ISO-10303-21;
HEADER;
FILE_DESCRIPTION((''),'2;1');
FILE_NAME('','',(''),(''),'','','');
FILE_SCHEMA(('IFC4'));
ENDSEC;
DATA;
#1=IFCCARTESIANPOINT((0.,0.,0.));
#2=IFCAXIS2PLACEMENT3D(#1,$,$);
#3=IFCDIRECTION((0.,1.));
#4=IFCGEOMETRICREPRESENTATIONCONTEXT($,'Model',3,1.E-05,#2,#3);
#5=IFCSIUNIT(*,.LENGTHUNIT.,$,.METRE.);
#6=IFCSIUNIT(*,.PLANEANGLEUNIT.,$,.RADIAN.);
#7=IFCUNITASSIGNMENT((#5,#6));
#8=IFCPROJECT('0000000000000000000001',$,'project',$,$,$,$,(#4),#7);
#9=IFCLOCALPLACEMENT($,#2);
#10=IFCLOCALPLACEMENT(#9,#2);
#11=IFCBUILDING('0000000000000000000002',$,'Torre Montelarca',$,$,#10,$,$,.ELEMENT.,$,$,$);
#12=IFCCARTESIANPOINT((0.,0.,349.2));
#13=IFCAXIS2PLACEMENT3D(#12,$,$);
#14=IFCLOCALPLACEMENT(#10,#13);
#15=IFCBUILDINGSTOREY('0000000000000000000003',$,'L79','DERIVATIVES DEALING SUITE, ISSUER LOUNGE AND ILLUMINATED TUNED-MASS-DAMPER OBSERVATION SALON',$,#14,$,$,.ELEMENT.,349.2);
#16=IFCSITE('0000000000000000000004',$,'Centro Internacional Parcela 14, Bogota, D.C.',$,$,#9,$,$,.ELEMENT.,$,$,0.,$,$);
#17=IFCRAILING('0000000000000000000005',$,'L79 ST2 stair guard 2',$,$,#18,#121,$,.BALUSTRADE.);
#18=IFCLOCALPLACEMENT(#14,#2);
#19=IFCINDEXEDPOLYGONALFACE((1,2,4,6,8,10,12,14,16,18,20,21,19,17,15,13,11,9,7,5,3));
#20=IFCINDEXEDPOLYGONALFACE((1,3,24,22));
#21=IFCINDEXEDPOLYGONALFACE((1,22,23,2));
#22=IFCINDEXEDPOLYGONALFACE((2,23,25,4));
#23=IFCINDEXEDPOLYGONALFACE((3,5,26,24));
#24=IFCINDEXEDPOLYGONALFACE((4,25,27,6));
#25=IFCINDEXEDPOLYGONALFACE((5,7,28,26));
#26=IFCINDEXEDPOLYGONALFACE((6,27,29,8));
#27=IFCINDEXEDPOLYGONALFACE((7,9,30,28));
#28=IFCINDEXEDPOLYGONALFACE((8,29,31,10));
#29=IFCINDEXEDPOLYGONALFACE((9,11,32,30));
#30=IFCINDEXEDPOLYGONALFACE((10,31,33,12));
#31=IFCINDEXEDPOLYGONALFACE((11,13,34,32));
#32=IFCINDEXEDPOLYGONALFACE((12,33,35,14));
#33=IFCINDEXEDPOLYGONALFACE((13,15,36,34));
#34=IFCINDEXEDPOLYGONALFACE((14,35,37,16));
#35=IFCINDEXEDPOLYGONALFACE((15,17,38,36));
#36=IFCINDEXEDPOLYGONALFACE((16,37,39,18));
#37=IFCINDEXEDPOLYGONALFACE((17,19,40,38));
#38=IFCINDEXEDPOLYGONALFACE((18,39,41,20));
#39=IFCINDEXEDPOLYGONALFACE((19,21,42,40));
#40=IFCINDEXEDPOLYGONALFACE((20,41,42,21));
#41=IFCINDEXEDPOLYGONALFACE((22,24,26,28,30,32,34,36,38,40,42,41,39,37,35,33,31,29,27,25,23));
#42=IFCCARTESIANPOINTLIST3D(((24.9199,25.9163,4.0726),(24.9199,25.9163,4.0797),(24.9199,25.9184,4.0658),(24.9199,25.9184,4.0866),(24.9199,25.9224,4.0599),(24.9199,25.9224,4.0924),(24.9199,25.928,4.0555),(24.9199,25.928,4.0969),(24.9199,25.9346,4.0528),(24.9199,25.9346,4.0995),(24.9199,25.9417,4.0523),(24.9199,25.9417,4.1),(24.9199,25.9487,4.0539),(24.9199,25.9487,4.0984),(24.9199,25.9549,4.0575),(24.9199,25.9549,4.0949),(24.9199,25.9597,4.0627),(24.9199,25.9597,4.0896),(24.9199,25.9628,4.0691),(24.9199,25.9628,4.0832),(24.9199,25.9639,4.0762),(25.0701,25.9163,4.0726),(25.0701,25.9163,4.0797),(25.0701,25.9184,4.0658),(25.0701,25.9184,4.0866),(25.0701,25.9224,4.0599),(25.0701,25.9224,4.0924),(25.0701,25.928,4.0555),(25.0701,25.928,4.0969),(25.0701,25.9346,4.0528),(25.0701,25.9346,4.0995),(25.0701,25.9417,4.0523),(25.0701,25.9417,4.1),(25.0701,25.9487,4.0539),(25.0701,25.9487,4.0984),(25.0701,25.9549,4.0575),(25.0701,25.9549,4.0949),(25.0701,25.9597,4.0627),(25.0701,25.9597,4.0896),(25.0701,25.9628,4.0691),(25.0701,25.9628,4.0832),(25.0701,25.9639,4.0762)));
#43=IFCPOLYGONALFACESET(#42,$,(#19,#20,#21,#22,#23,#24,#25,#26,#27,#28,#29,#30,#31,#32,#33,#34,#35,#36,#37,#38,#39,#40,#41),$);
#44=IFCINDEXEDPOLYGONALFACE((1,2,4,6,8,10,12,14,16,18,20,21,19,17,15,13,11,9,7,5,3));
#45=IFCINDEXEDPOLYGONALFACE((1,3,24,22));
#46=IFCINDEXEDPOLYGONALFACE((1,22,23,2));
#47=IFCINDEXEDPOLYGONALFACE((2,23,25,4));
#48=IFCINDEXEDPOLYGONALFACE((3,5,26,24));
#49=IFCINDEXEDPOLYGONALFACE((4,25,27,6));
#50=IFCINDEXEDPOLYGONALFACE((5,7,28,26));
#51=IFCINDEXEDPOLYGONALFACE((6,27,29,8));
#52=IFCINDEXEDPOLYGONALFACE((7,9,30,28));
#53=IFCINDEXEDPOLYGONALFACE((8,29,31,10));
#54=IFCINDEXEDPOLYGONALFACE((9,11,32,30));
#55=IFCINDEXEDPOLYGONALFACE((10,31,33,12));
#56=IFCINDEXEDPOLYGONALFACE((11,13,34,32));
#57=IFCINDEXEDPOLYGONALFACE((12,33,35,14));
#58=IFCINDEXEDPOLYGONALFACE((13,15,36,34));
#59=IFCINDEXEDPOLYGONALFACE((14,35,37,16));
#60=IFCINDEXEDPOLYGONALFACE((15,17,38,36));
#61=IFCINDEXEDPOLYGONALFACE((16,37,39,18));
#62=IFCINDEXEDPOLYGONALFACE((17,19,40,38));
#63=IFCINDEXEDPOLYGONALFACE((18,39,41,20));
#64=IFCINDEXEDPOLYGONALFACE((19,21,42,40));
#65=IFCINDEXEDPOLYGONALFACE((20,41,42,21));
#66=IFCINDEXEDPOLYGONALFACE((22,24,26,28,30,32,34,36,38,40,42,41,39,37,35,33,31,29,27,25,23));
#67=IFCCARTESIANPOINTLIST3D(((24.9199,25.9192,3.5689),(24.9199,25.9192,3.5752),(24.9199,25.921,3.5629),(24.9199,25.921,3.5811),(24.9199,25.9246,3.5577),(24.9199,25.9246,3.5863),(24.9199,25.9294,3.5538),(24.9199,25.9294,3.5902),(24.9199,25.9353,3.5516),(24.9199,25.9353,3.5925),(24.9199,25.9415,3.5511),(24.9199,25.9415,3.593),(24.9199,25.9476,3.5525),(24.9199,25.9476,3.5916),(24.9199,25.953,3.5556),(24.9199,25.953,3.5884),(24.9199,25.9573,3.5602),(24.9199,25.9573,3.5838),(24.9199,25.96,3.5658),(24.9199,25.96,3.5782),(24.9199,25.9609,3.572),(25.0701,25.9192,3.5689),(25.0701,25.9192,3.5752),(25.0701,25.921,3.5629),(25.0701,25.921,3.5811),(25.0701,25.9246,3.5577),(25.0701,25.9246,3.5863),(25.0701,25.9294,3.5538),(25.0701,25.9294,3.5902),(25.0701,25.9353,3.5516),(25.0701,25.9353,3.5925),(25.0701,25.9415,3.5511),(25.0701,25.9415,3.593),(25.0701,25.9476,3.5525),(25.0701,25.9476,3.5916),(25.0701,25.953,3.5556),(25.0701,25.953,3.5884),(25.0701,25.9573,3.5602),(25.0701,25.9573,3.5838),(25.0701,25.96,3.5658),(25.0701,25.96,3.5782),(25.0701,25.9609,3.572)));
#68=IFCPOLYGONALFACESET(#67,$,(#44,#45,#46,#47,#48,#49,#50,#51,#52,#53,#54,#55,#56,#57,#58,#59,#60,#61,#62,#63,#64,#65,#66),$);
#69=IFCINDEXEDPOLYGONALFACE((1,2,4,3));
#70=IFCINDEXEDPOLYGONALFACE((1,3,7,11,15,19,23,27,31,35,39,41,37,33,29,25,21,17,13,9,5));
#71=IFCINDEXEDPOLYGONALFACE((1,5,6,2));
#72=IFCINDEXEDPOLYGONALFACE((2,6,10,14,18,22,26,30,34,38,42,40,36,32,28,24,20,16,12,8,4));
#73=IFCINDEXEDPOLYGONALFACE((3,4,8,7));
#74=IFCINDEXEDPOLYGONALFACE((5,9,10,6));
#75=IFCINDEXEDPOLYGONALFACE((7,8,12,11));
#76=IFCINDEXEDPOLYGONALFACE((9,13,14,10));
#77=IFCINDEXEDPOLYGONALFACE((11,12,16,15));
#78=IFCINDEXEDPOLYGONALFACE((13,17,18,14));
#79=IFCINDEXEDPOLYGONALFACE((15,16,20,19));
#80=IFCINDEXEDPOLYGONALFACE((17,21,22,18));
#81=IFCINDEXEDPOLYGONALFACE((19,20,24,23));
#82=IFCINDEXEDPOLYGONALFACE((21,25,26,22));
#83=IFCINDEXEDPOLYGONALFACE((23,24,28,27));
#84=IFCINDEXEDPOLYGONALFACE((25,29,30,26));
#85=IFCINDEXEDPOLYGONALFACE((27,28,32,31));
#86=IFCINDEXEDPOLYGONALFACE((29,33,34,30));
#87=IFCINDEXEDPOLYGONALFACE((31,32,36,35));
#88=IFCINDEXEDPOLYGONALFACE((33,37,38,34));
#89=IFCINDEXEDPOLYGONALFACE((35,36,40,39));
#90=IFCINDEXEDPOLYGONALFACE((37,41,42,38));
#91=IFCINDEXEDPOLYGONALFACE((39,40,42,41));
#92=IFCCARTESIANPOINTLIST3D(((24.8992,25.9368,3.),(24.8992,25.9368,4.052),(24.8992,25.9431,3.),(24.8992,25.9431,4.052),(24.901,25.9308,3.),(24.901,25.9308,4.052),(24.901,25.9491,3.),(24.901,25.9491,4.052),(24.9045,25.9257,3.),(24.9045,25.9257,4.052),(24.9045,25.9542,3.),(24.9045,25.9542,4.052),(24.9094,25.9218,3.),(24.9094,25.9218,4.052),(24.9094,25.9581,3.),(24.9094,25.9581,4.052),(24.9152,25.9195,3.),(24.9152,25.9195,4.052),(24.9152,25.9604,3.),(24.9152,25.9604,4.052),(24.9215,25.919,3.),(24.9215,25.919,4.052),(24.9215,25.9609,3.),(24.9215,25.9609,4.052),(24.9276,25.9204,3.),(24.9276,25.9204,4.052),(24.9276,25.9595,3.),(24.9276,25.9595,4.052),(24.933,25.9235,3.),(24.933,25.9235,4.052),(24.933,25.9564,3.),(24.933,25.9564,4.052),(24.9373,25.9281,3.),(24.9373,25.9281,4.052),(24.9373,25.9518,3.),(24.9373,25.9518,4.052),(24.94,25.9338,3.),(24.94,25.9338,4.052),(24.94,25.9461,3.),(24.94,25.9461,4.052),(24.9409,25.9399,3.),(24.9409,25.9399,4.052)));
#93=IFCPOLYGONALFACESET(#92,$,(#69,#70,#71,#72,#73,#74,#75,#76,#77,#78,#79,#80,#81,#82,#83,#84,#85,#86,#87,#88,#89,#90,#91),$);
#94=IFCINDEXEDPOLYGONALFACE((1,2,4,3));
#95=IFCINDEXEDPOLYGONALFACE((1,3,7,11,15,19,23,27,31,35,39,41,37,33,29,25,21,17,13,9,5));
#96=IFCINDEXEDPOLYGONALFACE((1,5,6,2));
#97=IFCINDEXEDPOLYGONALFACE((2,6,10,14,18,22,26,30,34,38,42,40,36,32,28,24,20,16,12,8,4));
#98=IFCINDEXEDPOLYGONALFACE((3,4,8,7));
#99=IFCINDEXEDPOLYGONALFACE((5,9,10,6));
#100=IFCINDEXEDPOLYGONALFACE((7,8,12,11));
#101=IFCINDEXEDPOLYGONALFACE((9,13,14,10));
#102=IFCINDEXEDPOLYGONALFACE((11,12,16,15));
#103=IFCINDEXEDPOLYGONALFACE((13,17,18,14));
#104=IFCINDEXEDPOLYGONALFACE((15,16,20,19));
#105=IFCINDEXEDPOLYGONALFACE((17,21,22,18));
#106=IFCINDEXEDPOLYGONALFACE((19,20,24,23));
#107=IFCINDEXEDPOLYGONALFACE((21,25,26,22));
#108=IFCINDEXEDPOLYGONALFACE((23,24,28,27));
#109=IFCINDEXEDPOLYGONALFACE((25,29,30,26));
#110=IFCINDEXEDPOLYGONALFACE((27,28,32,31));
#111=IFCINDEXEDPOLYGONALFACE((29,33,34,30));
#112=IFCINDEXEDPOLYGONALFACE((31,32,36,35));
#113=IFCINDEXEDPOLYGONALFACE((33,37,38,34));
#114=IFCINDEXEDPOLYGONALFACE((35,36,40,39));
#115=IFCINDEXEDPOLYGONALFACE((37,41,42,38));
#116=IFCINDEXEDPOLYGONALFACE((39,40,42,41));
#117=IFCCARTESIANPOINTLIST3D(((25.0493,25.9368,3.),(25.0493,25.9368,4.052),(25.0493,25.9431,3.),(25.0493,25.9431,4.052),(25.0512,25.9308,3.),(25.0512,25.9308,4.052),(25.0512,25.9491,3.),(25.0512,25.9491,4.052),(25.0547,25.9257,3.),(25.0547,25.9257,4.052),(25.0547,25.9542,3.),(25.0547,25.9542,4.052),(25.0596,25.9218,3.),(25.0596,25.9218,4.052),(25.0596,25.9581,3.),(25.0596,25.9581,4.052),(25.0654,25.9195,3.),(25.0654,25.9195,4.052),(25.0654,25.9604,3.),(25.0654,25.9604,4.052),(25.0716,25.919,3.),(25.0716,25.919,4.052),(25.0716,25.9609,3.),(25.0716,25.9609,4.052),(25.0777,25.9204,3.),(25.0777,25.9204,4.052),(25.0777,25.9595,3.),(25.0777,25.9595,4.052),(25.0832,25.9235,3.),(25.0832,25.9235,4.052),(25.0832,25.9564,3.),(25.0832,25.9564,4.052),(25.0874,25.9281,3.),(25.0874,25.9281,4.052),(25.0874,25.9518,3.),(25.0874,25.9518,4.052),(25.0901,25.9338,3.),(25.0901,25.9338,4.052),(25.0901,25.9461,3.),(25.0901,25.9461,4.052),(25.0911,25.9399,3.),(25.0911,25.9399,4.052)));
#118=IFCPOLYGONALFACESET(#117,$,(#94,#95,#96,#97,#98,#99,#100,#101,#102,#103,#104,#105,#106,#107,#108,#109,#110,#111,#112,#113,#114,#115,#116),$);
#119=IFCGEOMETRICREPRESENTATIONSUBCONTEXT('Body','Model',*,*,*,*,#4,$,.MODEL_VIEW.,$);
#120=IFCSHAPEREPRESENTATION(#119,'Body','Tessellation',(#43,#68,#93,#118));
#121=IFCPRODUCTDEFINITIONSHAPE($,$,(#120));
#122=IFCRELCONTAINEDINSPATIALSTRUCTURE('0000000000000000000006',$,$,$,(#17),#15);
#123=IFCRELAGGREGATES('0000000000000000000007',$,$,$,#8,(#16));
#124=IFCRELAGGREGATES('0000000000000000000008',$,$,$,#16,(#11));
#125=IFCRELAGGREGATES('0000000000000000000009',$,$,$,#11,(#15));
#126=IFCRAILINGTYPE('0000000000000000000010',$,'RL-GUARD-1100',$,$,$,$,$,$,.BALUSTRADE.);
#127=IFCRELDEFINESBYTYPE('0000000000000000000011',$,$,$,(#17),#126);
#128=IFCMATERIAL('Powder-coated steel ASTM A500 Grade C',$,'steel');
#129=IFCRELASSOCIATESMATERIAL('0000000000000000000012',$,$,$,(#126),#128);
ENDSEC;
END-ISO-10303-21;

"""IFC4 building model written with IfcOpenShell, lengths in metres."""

from ifc_helpers import new_model, si_unit, direction, frame, origin, origin_2d, place, context, subcontext, project, spatial, circle, extrude, material, type_object, element, save


model = new_model("IFC4")

# Units and contexts
model_context = context("Model", 3, precision=1e-05, world=origin(), true_north=direction((0.0, 1.0)))
body_context = subcontext(model_context, "Body", "Model", "MODEL_VIEW")
ifc_project = project(units=[si_unit("LENGTHUNIT", "METRE"), si_unit("PLANEANGLEUNIT", "RADIAN")], contexts=[model_context])

# Site, building, storey
site_placement = place(None, origin())
site = spatial("IfcSite", under=ifc_project, at=site_placement, Name="Centro Internacional Parcela 14, Bogota, D.C.", CompositionType="ELEMENT", RefElevation=0.0)
building_placement = place(site_placement, origin())
building = spatial("IfcBuilding", under=site, at=building_placement, Name="Torre Montelarca", CompositionType="ELEMENT")
storey_placement = place(building_placement, frame((0.0, 0.0, 349.2)))
storey = spatial("IfcBuildingStorey", under=building, at=storey_placement, Name="L79", Description="DERIVATIVES DEALING SUITE, ISSUER LOUNGE AND ILLUMINATED TUNED-MASS-DAMPER OBSERVATION SALON", CompositionType="ELEMENT", Elevation=349.2)

# Railing
ifc_material_1 = material(Name="Powder-coated steel ASTM A500 Grade C", Category="steel")
railing_type_1 = type_object("IfcRailingType", Name="RL-GUARD-1100", PredefinedType="BALUSTRADE", material=ifc_material_1)
railing_1_placement = place(storey_placement, frame((24.9199, 25.9399, 3.0)))
element("IfcRailing", 1, at=railing_1_placement, inside=storey, type_object=railing_type_1, Name="L79 ST2 stair guard 2", PredefinedType="BALUSTRADE", context=body_context, shape_type="SweptSolid", body=[
    extrude(circle(Radius=0.0239, at=origin_2d()), frame((0.0, 0.0, 1.0762), z_axis=(1.0, 0.0, 0.0), x_axis=(0.0, 1.0, 0.0)), (0.0, 0.0, 1.0), 0.1501),
    extrude(circle(Radius=0.021, at=origin_2d()), frame((0.0, 0.0, 0.572), z_axis=(1.0, 0.0, 0.0), x_axis=(0.0, 1.0, 0.0)), (0.0, 0.0, 1.0), 0.1501),
    extrude(circle(Radius=0.021, at=origin_2d()), origin(), (0.0, 0.0, 1.0), 1.052),
    extrude(circle(Radius=0.021, at=origin_2d()), frame((0.1501, 0.0, 0.0)), (0.0, 0.0, 1.0), 1.052),
])

save(model, "model.ifc")
